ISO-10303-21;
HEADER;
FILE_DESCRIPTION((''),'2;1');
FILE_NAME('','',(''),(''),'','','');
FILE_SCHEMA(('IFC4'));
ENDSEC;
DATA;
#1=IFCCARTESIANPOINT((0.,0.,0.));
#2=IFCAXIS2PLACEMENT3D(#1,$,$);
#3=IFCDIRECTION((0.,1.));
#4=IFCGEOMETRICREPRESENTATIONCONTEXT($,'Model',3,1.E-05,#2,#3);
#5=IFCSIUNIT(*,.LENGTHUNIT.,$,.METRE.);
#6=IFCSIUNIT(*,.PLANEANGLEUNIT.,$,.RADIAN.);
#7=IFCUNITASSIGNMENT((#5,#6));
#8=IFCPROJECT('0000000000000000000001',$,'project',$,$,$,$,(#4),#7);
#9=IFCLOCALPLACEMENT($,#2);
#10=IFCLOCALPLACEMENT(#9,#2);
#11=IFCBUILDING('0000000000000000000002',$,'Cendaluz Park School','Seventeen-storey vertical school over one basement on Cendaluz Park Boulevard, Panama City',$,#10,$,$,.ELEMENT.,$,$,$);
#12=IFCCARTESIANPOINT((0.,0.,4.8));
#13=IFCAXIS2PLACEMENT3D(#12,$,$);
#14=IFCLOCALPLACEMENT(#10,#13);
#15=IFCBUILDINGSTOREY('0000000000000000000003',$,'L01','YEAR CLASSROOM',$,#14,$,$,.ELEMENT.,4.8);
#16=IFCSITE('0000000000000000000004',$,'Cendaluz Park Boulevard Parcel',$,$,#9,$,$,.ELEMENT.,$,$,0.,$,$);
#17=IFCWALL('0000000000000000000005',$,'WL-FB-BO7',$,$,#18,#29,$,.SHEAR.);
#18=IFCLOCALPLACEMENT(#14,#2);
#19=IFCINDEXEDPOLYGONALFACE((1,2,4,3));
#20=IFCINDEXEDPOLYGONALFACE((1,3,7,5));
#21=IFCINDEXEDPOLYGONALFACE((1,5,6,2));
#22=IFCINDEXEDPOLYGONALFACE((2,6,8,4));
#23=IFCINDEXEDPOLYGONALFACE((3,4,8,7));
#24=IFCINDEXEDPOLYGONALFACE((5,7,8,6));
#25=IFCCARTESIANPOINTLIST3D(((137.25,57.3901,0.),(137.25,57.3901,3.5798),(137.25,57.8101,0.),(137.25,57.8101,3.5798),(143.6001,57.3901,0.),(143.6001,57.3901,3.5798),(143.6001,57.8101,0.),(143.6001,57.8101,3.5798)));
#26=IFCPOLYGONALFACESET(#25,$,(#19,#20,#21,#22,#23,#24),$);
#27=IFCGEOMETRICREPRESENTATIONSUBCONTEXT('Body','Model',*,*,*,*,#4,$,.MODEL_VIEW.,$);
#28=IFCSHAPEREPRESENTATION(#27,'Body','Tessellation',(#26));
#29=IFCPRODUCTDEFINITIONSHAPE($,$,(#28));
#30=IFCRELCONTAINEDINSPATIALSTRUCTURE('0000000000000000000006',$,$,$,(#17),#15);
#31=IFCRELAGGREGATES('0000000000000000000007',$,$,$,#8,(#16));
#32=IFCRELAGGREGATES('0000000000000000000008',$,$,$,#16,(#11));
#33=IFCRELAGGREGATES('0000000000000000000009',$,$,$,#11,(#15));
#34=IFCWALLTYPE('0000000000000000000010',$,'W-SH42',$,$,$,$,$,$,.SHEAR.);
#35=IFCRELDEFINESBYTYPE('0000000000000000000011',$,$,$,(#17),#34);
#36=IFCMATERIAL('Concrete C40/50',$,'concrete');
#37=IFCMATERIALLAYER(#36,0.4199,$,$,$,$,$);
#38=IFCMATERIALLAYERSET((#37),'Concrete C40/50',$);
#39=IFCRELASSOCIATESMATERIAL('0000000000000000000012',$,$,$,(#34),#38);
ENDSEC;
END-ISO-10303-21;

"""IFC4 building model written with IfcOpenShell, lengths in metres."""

from ifc_helpers import new_model, si_unit, direction, frame, frame_2d, origin, place, context, subcontext, project, spatial, rectangle, extrude, material, layer, layer_set, type_object, element, save


model = new_model("IFC4")

# Units and contexts
model_context = context("Model", 3, precision=1e-05, world=origin(), true_north=direction((0.0, 1.0)))
body_context = subcontext(model_context, "Body", "Model", "MODEL_VIEW")
ifc_project = project(units=[si_unit("LENGTHUNIT", "METRE"), si_unit("PLANEANGLEUNIT", "RADIAN")], contexts=[model_context])

# Site, building, storey
site_placement = place(None, origin())
site = spatial("IfcSite", under=ifc_project, at=site_placement, Name="Cendaluz Park Boulevard Parcel", CompositionType="ELEMENT", RefElevation=0.0)
building_placement = place(site_placement, origin())
building = spatial("IfcBuilding", under=site, at=building_placement, Name="Cendaluz Park School", Description="Seventeen-storey vertical school over one basement on Cendaluz Park Boulevard, Panama City", CompositionType="ELEMENT")
storey_placement = place(building_placement, frame((0.0, 0.0, 4.8)))
storey = spatial("IfcBuildingStorey", under=building, at=storey_placement, Name="L01", Description="YEAR CLASSROOM", CompositionType="ELEMENT", Elevation=4.8)

# Shared definitions
ifc_material_1 = material(Name="Concrete C40/50", Category="concrete")

# Wall
ifc_layer_1 = layer(ifc_material_1, 0.4199)
ifc_layer_set_1 = layer_set([ifc_layer_1], Name="Concrete C40/50")
wall_type_1 = type_object("IfcWallType", Name="W-SH42", PredefinedType="SHEAR", material=ifc_layer_set_1)
wall_1_placement = place(storey_placement, frame((137.25, 57.6001, 0.0), z_axis=(0.0, 0.0, 1.0), x_axis=(1.0, 0.0, 0.0)))
element("IfcWall", 1, at=wall_1_placement, inside=storey, type_object=wall_type_1, Name="WL-FB-BO7", PredefinedType="SHEAR", context=body_context, shape_type="SweptSolid", body=[
    extrude(rectangle(XDim=6.3501, YDim=0.4199, at=frame_2d((3.175, 0.0))), origin(), (0.0, 0.0, 1.0), 3.5798),
])

save(model, "model.ifc")
